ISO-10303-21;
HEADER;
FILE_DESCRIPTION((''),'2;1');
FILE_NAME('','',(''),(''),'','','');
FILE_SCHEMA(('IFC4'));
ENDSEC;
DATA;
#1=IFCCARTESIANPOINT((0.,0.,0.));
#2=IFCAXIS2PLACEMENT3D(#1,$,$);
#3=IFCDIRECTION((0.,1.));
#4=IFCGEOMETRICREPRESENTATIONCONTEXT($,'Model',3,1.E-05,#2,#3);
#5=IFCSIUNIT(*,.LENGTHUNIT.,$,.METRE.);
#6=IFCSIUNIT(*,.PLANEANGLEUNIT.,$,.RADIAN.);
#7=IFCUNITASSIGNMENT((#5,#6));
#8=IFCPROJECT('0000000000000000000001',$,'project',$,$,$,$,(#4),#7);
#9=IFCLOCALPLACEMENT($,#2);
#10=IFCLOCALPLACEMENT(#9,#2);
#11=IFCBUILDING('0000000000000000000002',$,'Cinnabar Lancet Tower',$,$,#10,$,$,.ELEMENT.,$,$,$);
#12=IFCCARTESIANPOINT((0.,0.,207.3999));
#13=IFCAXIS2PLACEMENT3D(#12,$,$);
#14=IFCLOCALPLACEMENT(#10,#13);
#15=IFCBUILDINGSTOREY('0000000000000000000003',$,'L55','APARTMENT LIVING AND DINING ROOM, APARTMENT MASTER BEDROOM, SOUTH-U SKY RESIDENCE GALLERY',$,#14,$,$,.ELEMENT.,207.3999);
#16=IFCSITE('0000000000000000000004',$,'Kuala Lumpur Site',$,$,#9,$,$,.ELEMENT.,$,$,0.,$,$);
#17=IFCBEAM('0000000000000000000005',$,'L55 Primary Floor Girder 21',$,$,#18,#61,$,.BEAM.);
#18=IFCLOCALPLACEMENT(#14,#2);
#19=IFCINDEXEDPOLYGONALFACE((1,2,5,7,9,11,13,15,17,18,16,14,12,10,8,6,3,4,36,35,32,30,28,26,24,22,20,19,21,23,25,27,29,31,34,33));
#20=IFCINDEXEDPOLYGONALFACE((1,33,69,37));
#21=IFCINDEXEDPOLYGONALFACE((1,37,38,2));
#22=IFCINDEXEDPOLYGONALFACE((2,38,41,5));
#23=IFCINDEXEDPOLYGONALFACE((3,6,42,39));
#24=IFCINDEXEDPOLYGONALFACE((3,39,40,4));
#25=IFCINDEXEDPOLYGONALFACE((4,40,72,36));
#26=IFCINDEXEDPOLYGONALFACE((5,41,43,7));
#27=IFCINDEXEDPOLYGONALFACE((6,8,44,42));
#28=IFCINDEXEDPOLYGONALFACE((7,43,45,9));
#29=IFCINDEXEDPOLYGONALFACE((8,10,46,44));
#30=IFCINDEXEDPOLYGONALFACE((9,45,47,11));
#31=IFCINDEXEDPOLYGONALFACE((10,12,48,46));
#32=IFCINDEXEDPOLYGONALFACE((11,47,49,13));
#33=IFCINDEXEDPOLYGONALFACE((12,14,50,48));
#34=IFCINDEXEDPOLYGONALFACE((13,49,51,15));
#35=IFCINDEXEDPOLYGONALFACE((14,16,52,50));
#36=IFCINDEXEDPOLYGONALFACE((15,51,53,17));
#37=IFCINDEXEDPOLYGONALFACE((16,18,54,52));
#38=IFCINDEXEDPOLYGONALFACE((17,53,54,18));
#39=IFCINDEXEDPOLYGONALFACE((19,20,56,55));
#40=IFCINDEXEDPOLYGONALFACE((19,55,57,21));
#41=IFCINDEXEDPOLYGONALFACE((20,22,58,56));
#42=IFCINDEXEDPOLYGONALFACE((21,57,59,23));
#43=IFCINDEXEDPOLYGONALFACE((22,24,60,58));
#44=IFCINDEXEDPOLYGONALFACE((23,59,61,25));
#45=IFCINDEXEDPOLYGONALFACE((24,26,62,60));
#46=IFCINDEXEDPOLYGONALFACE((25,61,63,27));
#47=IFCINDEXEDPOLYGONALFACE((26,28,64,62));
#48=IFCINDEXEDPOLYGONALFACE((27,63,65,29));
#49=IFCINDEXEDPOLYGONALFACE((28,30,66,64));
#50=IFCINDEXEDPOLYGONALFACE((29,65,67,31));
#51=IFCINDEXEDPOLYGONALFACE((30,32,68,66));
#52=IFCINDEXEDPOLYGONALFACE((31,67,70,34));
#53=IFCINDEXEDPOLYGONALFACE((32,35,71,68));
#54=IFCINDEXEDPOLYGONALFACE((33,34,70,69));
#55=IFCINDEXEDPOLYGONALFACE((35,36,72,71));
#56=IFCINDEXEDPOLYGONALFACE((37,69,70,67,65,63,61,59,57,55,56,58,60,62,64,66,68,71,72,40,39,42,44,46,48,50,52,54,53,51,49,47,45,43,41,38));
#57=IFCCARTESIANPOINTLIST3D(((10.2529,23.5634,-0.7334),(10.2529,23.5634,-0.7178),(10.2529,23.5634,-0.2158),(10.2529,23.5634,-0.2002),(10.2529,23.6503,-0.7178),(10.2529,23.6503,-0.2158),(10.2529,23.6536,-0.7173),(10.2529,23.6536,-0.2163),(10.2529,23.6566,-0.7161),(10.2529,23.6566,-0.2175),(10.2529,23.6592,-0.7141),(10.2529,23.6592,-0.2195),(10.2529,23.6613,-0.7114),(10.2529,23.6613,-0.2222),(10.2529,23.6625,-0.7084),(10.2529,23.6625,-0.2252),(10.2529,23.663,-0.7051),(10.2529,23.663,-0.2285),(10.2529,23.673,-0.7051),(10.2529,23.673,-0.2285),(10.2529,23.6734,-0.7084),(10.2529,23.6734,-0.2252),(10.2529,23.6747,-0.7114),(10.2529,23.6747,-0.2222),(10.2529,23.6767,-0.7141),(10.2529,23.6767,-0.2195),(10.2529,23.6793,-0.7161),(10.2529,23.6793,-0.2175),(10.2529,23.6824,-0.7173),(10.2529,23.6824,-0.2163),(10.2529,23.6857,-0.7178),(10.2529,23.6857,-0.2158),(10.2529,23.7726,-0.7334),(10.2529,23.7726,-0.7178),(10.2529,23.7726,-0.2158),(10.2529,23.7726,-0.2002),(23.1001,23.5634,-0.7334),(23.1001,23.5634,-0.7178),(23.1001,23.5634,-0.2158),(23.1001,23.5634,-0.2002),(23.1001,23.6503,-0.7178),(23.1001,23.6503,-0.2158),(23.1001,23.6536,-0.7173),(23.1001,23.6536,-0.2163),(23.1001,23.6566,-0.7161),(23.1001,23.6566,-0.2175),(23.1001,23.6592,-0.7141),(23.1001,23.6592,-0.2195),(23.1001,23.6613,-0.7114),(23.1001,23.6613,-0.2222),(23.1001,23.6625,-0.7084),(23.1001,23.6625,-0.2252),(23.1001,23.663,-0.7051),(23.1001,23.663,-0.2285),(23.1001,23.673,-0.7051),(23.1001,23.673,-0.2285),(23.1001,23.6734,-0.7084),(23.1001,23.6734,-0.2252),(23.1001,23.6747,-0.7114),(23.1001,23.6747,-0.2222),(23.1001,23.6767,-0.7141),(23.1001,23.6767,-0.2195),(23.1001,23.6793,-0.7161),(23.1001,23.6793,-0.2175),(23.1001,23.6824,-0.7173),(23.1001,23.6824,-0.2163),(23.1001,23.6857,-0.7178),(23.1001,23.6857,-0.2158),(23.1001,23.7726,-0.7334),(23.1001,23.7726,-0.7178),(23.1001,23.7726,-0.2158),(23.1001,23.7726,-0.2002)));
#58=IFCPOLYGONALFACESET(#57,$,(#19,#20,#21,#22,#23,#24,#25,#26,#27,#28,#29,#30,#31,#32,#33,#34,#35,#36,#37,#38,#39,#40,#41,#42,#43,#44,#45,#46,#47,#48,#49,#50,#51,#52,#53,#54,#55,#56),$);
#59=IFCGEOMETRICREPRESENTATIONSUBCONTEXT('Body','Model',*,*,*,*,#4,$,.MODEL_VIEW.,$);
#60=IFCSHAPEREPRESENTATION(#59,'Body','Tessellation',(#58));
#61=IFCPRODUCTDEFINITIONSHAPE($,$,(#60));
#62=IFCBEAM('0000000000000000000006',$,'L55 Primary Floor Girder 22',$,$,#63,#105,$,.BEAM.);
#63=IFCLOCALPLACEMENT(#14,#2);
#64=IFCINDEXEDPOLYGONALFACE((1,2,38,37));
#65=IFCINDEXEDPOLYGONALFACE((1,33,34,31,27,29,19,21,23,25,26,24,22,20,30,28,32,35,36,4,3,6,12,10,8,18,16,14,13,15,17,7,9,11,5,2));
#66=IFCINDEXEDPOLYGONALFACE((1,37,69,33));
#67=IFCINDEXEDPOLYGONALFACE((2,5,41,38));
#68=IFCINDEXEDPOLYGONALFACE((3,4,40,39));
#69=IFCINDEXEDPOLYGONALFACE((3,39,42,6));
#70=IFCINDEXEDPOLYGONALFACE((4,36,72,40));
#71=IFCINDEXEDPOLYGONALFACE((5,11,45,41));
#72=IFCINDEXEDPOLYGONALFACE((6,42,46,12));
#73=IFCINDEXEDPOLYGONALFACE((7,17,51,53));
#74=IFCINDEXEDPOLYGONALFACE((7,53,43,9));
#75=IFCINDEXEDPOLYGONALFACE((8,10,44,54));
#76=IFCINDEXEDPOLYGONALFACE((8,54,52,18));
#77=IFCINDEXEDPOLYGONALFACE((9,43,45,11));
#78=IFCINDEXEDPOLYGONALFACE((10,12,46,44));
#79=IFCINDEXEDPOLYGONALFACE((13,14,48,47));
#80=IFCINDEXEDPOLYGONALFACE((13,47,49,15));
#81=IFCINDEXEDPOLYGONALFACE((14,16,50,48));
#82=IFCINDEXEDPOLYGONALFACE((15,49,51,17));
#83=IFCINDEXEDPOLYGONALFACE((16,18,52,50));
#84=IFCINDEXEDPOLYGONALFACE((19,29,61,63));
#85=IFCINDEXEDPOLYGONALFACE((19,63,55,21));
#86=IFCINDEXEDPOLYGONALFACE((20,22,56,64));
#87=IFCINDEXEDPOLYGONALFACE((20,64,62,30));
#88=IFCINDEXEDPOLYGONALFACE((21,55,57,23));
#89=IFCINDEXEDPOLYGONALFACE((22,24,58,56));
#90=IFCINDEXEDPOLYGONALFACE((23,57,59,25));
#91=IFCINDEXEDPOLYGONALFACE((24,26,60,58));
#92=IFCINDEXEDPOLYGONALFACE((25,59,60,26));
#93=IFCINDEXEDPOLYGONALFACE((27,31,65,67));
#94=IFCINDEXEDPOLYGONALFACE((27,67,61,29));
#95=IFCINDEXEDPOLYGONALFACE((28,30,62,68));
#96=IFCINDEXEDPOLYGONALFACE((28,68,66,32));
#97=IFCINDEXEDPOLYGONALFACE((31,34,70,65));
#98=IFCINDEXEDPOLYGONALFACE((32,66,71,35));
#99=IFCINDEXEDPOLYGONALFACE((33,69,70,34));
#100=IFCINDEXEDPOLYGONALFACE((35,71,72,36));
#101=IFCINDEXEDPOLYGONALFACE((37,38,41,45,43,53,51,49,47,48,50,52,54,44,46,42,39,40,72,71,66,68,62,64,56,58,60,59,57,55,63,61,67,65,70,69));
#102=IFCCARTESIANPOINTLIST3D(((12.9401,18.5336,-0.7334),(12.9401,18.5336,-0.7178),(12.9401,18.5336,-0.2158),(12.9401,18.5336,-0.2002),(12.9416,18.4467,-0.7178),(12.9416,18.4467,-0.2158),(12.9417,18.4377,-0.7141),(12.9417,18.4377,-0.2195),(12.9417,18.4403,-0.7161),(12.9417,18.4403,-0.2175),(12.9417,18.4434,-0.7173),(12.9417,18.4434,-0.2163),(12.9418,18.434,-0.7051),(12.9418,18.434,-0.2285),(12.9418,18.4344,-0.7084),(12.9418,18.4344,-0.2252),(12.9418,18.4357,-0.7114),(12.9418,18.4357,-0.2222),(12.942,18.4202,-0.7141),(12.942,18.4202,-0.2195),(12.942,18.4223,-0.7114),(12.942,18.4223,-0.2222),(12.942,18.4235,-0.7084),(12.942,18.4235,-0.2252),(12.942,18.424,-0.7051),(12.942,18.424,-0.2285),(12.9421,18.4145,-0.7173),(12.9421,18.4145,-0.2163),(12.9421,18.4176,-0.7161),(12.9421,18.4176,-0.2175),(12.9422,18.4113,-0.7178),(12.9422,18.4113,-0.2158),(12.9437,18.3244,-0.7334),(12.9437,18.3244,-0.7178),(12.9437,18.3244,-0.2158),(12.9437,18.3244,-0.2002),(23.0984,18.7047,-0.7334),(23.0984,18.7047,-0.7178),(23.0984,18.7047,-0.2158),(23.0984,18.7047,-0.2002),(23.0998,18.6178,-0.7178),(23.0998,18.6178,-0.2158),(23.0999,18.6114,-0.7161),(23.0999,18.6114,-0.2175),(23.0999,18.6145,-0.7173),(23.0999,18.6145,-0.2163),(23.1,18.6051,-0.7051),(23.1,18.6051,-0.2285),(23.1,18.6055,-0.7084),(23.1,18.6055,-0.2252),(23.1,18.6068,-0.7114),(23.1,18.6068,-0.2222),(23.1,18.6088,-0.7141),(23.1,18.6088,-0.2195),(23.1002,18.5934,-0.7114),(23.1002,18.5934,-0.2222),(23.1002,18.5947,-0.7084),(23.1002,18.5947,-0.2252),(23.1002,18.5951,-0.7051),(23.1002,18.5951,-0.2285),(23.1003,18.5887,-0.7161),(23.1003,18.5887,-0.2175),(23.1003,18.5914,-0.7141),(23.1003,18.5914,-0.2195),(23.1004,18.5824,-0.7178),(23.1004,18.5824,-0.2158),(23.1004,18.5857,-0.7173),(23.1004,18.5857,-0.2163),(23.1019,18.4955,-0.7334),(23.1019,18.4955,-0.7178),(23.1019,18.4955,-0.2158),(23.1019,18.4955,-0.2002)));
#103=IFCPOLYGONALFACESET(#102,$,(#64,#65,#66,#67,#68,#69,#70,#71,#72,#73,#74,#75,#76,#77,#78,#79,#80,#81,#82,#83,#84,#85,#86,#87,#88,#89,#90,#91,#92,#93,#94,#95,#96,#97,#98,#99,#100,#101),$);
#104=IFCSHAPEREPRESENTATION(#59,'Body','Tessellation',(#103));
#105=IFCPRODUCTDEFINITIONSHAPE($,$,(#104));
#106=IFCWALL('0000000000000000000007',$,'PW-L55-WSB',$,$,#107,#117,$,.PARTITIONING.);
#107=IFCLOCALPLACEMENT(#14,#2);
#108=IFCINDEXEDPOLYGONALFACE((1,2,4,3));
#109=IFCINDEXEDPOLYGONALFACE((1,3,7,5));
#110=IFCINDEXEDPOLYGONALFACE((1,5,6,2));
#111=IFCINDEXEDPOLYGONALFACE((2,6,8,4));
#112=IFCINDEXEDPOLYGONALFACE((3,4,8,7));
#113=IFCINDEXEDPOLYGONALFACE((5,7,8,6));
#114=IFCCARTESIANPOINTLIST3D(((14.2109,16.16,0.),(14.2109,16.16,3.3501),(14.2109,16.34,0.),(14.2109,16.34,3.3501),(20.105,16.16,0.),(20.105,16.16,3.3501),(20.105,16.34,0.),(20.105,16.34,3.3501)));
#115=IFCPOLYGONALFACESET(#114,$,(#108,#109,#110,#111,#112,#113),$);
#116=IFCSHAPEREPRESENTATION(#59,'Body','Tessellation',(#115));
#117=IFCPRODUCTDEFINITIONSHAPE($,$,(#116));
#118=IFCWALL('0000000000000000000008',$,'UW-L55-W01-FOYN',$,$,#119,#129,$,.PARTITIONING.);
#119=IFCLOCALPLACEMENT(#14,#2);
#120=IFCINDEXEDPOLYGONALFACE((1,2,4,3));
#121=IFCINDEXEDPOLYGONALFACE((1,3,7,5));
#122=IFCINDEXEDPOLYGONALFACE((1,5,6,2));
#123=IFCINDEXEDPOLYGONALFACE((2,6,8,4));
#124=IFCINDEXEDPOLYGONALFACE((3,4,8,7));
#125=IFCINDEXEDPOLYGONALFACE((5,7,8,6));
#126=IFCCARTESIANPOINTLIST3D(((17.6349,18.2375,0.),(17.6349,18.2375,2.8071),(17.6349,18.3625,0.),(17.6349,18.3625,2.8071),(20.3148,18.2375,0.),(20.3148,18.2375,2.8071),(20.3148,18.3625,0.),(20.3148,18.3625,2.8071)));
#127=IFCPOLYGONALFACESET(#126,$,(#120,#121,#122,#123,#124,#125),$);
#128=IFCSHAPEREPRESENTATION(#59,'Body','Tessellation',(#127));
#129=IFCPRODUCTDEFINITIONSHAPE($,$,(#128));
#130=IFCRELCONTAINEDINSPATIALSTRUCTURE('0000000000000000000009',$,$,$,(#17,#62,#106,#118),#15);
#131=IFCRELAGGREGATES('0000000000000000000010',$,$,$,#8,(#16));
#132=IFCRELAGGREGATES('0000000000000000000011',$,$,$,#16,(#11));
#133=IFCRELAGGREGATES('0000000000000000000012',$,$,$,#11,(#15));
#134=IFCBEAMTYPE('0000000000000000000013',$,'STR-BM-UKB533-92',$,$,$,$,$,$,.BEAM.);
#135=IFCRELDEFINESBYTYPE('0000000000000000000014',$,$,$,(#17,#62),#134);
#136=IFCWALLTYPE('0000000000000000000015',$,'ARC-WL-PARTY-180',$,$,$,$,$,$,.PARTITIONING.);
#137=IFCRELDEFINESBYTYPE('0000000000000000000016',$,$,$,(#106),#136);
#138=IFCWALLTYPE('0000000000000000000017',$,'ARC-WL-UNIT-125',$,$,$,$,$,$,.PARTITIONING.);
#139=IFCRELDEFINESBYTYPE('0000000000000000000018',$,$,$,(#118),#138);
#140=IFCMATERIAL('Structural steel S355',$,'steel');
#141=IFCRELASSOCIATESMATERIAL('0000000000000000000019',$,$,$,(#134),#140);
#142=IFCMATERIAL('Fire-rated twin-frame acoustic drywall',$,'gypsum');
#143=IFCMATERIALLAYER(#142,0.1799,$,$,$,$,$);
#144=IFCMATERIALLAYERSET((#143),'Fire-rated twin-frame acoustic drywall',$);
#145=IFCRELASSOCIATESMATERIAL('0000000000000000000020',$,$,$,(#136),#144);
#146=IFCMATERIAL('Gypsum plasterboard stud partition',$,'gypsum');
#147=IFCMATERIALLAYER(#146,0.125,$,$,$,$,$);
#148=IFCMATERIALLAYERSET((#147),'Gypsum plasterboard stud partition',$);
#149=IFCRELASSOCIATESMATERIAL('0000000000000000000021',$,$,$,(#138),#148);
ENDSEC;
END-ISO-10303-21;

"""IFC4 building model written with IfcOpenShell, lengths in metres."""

from ifc_helpers import new_model, si_unit, direction, frame, frame_2d, origin, origin_2d, place, context, subcontext, project, spatial, rectangle, i_section, extrude, material, layer, layer_set, material_profile, profile_set, type_object, element, save


model = new_model("IFC4")

# Units and contexts
model_context = context("Model", 3, precision=1e-05, world=origin(), true_north=direction((0.0, 1.0)))
body_context = subcontext(model_context, "Body", "Model", "MODEL_VIEW")
ifc_project = project(units=[si_unit("LENGTHUNIT", "METRE"), si_unit("PLANEANGLEUNIT", "RADIAN")], contexts=[model_context])

# Site, building, storey
site_placement = place(None, origin())
site = spatial("IfcSite", under=ifc_project, at=site_placement, Name="Kuala Lumpur Site", CompositionType="ELEMENT", RefElevation=0.0)
building_placement = place(site_placement, origin())
building = spatial("IfcBuilding", under=site, at=building_placement, Name="Cinnabar Lancet Tower", CompositionType="ELEMENT")
storey_placement = place(building_placement, frame((0.0, 0.0, 207.3999)))
storey = spatial("IfcBuildingStorey", under=building, at=storey_placement, Name="L55", Description="APARTMENT LIVING AND DINING ROOM, APARTMENT MASTER BEDROOM, SOUTH-U SKY RESIDENCE GALLERY", CompositionType="ELEMENT", Elevation=207.3999)

# Beams
ifc_material_1 = material(Name="Structural steel S355", Category="steel")
ifc_material_profile_1 = material_profile(ifc_material_1, i_section(OverallWidth=0.2092, OverallDepth=0.5332, WebThickness=0.01, FlangeThickness=0.0156, FilletRadius=0.0127, at=origin_2d()), Name="UKB 533x210x92")
ifc_profile_set_1 = profile_set([ifc_material_profile_1], Name="Structural steel S355")
beam_type_1 = type_object("IfcBeamType", Name="STR-BM-UKB533-92", PredefinedType="BEAM", material=ifc_profile_set_1)
beam_1_placement = place(storey_placement, frame((10.2529, 23.668, -0.4668), z_axis=(1.0, 0.0, 0.0), x_axis=(0.0, 1.0, 0.0)))
element("IfcBeam", 1, at=beam_1_placement, inside=storey, type_object=beam_type_1, Name="L55 Primary Floor Girder 21", PredefinedType="BEAM", context=body_context, shape_type="SweptSolid", body=[
    extrude(i_section(OverallWidth=0.2092, OverallDepth=0.5332, WebThickness=0.01, FlangeThickness=0.0156, FilletRadius=0.0127, at=origin_2d()), origin(), (0.0, 0.0, 1.0), 12.8472),
])
beam_2_placement = place(storey_placement, frame((12.9419, 18.429, -0.4668), z_axis=(0.999858, 0.016845, 0.0), x_axis=(-0.016845, 0.999858, 0.0)))
element("IfcBeam", 2, at=beam_2_placement, inside=storey, type_object=beam_type_1, Name="L55 Primary Floor Girder 22", PredefinedType="BEAM", context=body_context, shape_type="SweptSolid", body=[
    extrude(i_section(OverallWidth=0.2092, OverallDepth=0.5332, WebThickness=0.01, FlangeThickness=0.0156, FilletRadius=0.0127, at=origin_2d()), origin(), (0.0, 0.0, 1.0), 10.1597),
])

# Walls
ifc_material_2 = material(Name="Fire-rated twin-frame acoustic drywall", Category="gypsum")
ifc_layer_1 = layer(ifc_material_2, 0.1799)
ifc_layer_set_1 = layer_set([ifc_layer_1], Name="Fire-rated twin-frame acoustic drywall")
wall_type_1 = type_object("IfcWallType", Name="ARC-WL-PARTY-180", PredefinedType="PARTITIONING", material=ifc_layer_set_1)
wall_1_placement = place(storey_placement, frame((14.2109, 16.25, 0.0), z_axis=(0.0, 0.0, 1.0), x_axis=(1.0, 0.0, 0.0)))
element("IfcWall", 3, at=wall_1_placement, inside=storey, type_object=wall_type_1, Name="PW-L55-WSB", PredefinedType="PARTITIONING", context=body_context, shape_type="SweptSolid", body=[
    extrude(rectangle(XDim=5.894, YDim=0.1799, at=frame_2d((2.947, 0.0))), origin(), (0.0, 0.0, 1.0), 3.3501),
])
ifc_material_3 = material(Name="Gypsum plasterboard stud partition", Category="gypsum")
ifc_layer_2 = layer(ifc_material_3, 0.125)
ifc_layer_set_2 = layer_set([ifc_layer_2], Name="Gypsum plasterboard stud partition")
wall_type_2 = type_object("IfcWallType", Name="ARC-WL-UNIT-125", PredefinedType="PARTITIONING", material=ifc_layer_set_2)
wall_2_placement = place(storey_placement, frame((17.635, 18.3, 0.0), z_axis=(0.0, 0.0, 1.0), x_axis=(1.0, 0.0, 0.0)))
element("IfcWall", 4, at=wall_2_placement, inside=storey, type_object=wall_type_2, Name="UW-L55-W01-FOYN", PredefinedType="PARTITIONING", context=body_context, shape_type="SweptSolid", body=[
    extrude(rectangle(XDim=2.6799, YDim=0.125, at=frame_2d((1.3398, 0.0))), origin(), (0.0, 0.0, 1.0), 2.8071),
])

save(model, "model.ifc")
